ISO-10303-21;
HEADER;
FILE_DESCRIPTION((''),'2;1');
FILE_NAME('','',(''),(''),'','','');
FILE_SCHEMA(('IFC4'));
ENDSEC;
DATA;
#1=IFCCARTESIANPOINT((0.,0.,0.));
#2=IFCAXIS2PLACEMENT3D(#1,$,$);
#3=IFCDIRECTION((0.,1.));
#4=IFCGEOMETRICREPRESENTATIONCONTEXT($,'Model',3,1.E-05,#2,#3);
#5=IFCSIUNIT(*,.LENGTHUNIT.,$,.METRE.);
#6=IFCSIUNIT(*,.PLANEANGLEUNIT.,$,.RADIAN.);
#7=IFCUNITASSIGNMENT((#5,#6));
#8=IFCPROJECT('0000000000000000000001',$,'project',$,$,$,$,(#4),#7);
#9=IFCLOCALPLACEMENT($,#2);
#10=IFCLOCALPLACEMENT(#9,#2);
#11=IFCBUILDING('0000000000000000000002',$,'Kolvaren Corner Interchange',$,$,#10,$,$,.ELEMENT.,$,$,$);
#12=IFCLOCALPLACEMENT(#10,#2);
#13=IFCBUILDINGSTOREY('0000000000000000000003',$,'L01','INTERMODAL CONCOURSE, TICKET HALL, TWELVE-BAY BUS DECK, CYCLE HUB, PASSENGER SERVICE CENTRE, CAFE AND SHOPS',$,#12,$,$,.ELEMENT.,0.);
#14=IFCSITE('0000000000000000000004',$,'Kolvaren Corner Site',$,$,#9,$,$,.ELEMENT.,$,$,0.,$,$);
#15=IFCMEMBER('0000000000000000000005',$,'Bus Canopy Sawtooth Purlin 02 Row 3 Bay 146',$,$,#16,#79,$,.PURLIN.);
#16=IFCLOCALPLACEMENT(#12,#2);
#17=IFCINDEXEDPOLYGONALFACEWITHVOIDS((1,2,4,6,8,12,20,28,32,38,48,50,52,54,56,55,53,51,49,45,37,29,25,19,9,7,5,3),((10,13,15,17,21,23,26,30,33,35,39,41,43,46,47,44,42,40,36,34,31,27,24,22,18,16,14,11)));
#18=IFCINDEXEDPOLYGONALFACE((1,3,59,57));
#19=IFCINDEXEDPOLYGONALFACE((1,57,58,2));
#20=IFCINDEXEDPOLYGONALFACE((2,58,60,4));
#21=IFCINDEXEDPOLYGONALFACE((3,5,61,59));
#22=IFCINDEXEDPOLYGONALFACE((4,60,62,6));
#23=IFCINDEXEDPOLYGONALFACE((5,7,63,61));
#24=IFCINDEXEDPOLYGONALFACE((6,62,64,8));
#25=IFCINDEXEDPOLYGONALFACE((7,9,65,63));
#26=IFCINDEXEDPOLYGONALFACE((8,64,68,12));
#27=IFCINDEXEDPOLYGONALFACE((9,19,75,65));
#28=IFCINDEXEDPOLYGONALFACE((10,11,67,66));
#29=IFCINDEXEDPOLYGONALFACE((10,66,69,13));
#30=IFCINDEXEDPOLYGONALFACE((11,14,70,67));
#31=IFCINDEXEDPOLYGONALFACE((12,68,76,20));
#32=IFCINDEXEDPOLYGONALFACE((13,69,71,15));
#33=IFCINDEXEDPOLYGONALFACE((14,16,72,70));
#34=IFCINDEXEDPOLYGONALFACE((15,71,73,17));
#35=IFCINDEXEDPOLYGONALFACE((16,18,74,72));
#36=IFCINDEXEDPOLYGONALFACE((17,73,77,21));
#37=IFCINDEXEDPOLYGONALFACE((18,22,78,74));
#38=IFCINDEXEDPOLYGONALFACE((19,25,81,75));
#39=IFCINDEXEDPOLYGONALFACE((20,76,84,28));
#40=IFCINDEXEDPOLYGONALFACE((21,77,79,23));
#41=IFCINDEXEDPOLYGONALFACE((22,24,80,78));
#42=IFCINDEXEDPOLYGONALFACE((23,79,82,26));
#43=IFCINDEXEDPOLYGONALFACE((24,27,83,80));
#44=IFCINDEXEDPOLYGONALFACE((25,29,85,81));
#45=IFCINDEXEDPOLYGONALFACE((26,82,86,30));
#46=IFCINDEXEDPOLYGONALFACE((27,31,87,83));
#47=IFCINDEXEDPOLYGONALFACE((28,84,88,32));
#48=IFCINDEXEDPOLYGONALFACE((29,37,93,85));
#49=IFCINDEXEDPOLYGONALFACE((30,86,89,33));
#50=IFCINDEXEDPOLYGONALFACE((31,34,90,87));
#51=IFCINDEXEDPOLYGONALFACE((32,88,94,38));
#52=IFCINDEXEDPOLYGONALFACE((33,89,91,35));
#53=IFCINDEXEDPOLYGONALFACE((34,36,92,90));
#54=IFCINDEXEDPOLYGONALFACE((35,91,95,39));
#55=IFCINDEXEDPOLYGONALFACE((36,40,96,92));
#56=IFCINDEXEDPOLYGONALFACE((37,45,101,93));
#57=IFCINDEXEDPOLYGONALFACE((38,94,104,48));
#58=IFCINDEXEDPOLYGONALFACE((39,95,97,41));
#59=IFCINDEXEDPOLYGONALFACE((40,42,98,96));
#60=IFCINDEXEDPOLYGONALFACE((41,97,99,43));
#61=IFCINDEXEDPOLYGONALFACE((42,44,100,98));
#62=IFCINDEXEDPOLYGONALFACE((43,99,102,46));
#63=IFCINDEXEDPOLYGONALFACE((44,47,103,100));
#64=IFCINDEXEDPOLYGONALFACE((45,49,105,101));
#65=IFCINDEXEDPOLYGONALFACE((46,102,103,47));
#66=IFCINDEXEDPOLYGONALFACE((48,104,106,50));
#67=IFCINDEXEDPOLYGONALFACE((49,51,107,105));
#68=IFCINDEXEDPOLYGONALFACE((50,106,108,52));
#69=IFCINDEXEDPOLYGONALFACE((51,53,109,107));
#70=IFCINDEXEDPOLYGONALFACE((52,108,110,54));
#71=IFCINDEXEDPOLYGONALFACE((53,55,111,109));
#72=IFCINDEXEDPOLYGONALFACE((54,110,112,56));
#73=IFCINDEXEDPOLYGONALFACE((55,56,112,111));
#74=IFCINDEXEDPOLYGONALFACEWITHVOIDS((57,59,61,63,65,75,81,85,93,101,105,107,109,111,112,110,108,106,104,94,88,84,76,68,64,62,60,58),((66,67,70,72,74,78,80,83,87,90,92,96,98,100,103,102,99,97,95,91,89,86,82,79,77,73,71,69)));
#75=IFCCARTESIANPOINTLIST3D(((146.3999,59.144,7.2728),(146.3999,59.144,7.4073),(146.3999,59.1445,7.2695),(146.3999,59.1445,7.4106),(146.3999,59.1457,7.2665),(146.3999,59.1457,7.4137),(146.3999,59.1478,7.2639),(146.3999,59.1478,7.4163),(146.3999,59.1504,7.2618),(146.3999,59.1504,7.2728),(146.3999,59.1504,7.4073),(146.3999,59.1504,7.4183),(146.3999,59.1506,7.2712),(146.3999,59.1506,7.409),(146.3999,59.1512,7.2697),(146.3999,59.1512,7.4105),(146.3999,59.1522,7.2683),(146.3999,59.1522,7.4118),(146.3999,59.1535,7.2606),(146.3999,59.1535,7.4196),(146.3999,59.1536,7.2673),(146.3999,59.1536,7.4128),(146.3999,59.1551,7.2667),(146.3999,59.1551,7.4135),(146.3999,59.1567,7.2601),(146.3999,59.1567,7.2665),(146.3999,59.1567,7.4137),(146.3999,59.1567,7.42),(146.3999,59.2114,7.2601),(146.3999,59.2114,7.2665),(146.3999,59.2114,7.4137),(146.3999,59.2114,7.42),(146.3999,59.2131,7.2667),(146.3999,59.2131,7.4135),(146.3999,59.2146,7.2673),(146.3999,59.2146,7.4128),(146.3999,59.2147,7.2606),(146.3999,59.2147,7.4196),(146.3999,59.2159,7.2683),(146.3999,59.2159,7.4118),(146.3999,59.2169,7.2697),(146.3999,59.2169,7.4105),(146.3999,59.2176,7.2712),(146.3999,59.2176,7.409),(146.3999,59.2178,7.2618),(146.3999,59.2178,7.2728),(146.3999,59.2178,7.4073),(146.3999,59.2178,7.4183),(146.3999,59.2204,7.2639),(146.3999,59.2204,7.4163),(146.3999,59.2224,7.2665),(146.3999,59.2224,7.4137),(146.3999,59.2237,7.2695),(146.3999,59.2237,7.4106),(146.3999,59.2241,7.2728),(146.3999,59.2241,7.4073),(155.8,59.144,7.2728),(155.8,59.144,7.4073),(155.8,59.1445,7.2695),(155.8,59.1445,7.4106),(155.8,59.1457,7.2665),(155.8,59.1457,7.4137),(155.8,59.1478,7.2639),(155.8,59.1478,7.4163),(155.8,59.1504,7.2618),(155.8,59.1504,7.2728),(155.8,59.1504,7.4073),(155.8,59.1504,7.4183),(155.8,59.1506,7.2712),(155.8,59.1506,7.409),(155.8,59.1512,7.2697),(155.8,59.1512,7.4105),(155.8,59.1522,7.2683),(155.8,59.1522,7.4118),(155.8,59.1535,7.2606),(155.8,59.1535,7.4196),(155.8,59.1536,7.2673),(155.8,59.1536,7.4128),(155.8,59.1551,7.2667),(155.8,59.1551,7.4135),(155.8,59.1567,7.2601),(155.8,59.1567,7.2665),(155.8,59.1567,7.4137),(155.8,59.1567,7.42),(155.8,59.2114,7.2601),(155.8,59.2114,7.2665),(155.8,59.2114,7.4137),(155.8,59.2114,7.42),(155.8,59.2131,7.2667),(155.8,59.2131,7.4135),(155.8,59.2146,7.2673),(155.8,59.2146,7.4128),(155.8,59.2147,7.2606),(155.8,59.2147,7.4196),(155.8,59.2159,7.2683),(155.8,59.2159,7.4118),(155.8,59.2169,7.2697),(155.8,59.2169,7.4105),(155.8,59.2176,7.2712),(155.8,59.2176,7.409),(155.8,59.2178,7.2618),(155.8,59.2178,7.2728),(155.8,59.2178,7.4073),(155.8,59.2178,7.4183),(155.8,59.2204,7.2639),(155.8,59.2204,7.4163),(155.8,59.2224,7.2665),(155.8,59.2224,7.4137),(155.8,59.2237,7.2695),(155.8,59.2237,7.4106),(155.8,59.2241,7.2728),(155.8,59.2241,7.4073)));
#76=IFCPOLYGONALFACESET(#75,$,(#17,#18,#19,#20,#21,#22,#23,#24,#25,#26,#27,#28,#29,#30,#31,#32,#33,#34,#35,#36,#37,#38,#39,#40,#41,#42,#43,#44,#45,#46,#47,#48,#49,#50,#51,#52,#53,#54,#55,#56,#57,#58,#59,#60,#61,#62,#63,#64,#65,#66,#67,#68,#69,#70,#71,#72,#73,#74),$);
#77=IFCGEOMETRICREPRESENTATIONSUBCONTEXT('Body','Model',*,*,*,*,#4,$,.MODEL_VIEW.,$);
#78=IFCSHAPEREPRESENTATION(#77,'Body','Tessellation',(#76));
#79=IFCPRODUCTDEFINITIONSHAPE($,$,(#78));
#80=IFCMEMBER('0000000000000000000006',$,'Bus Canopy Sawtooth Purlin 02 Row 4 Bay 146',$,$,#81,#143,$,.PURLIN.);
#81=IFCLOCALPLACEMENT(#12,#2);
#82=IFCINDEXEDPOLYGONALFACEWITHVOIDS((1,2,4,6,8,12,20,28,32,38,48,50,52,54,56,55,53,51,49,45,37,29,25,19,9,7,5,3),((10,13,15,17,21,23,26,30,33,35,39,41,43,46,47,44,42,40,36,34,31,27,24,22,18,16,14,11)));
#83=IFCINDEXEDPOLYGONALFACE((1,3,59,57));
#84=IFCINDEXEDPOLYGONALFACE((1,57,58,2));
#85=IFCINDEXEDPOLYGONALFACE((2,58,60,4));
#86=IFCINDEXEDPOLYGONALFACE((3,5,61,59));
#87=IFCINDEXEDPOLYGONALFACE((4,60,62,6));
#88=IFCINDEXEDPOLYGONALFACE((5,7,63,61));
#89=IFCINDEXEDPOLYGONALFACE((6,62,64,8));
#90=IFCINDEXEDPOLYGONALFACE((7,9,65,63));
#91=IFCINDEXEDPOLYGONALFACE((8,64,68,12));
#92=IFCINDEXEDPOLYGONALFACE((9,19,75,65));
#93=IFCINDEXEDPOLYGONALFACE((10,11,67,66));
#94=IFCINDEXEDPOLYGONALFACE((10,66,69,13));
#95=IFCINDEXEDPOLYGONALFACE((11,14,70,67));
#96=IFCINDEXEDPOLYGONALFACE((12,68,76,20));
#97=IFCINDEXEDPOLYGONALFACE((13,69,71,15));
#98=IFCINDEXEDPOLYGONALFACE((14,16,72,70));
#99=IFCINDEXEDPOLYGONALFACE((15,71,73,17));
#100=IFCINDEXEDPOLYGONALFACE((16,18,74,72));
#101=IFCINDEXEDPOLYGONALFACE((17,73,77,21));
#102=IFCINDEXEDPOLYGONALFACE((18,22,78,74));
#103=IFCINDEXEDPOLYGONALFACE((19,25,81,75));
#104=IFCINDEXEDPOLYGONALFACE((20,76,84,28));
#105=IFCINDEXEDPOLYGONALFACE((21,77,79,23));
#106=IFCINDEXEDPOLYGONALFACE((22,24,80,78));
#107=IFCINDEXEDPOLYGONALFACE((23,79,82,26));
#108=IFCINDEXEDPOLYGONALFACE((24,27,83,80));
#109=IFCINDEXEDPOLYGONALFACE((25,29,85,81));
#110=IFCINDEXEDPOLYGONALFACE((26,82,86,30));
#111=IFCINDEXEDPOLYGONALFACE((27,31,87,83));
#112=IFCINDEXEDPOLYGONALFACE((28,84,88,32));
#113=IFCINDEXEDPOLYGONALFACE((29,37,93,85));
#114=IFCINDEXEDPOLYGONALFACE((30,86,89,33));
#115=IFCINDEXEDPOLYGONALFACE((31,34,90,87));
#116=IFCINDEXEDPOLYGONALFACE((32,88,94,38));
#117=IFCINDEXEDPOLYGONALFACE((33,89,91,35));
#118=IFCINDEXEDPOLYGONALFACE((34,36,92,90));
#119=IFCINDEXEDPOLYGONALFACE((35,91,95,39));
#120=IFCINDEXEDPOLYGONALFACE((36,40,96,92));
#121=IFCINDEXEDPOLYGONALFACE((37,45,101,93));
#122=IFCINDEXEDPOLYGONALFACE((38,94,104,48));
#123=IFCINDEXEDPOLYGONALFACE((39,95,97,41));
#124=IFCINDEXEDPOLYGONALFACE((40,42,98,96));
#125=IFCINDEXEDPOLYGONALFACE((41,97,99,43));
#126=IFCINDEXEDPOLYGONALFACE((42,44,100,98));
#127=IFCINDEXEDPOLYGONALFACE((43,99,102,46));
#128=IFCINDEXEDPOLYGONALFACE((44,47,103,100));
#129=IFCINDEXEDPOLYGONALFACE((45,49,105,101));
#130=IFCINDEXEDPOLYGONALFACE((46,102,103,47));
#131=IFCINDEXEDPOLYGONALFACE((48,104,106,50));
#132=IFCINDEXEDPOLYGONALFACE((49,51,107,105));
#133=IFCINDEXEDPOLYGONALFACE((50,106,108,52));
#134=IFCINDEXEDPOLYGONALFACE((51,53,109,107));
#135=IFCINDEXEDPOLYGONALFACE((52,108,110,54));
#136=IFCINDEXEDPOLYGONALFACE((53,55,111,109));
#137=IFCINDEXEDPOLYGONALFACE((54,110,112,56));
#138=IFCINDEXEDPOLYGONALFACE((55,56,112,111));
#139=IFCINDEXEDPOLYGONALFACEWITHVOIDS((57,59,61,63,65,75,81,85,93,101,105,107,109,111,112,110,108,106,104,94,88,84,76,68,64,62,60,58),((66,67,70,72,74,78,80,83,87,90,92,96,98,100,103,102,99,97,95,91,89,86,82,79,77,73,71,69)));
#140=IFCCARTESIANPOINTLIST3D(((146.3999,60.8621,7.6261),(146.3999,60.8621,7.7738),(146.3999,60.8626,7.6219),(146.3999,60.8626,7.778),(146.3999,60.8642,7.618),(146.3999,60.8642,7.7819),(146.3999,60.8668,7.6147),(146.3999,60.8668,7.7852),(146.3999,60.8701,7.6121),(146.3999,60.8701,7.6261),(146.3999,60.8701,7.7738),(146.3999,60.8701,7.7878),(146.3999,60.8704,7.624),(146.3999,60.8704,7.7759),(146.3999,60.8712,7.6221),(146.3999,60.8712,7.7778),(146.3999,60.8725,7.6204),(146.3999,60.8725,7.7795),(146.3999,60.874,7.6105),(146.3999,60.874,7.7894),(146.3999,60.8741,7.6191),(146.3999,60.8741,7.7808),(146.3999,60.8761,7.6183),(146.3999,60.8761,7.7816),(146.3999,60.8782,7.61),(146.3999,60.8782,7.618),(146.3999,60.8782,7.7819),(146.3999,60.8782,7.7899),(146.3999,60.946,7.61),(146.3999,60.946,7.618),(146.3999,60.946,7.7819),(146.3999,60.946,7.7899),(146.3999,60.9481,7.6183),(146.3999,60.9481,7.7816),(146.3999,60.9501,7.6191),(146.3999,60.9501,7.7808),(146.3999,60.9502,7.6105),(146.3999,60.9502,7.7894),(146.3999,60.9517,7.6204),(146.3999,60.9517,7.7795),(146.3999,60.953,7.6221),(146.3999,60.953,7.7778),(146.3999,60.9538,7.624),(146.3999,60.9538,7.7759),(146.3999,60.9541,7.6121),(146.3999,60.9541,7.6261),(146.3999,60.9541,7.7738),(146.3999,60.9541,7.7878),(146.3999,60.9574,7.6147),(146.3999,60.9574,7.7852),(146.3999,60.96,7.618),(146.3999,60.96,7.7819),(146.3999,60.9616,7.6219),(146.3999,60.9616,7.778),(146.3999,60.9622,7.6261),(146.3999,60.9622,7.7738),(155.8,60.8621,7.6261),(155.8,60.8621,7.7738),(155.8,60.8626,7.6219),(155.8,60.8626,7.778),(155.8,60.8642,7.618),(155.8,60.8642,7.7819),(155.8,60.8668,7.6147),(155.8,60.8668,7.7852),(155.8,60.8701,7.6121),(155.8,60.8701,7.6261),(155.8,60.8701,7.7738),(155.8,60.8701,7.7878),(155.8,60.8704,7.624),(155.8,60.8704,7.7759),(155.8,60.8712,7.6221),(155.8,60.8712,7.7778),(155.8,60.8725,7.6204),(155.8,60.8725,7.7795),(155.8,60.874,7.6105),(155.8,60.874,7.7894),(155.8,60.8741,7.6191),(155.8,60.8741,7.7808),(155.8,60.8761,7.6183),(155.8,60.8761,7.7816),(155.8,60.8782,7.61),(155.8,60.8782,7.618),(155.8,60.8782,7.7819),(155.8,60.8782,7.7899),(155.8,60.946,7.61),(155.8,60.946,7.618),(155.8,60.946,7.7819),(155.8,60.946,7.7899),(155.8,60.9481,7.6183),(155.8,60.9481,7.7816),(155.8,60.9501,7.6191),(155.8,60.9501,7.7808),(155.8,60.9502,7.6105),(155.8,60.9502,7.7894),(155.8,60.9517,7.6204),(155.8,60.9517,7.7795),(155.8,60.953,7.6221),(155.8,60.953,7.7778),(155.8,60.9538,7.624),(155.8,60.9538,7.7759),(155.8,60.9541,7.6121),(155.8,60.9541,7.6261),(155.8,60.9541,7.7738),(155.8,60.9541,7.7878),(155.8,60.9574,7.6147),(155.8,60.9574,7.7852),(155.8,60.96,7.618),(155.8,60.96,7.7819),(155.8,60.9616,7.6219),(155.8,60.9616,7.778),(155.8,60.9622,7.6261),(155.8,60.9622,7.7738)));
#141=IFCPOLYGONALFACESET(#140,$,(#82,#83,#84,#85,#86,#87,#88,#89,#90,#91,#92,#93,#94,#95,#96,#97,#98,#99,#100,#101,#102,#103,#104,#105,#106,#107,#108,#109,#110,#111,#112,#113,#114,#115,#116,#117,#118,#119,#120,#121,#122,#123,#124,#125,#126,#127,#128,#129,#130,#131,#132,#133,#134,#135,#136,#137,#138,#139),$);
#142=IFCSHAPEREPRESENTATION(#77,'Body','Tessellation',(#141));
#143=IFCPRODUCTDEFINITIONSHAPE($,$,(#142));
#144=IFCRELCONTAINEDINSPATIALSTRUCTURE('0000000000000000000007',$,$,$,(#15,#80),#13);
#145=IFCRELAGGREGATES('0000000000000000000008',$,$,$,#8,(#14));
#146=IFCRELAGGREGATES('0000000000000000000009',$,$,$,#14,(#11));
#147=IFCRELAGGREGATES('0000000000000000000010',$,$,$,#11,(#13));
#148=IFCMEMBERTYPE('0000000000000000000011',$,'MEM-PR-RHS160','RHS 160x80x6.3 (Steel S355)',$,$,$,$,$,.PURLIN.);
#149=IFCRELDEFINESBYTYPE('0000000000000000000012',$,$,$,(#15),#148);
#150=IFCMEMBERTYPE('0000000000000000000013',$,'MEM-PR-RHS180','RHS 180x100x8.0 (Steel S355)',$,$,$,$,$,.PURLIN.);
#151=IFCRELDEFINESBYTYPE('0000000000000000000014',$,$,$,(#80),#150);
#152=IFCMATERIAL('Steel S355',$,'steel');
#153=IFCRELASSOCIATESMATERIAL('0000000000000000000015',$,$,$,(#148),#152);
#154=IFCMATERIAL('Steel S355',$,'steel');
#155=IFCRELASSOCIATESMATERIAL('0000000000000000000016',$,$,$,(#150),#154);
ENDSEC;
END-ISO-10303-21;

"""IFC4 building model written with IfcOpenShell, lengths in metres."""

from ifc_helpers import new_model, si_unit, direction, frame, origin, origin_2d, place, context, subcontext, project, spatial, hollow_rectangle, extrude, material, material_profile, profile_set, type_object, element, save


model = new_model("IFC4")

# Units and contexts
model_context = context("Model", 3, precision=1e-05, world=origin(), true_north=direction((0.0, 1.0)))
body_context = subcontext(model_context, "Body", "Model", "MODEL_VIEW")
ifc_project = project(units=[si_unit("LENGTHUNIT", "METRE"), si_unit("PLANEANGLEUNIT", "RADIAN")], contexts=[model_context])

# Site, building, storey
site_placement = place(None, origin())
site = spatial("IfcSite", under=ifc_project, at=site_placement, Name="Kolvaren Corner Site", CompositionType="ELEMENT", RefElevation=0.0)
building_placement = place(site_placement, origin())
building = spatial("IfcBuilding", under=site, at=building_placement, Name="Kolvaren Corner Interchange", CompositionType="ELEMENT")
storey_placement = place(building_placement, origin())
storey = spatial("IfcBuildingStorey", under=building, at=storey_placement, Name="L01", Description="INTERMODAL CONCOURSE, TICKET HALL, TWELVE-BAY BUS DECK, CYCLE HUB, PASSENGER SERVICE CENTRE, CAFE AND SHOPS", CompositionType="ELEMENT", Elevation=0.0)

# Members
ifc_material_1 = material(Name="Steel S355", Category="steel")
ifc_material_profile_1 = material_profile(ifc_material_1, hollow_rectangle(XDim=0.0801, YDim=0.1599, WallThickness=0.0063, InnerFilletRadius=0.0063, OuterFilletRadius=0.0127, at=origin_2d()), Name="RHS 160x80x6.3")
ifc_profile_set_1 = profile_set([ifc_material_profile_1], Name="Steel S355")
member_type_1 = type_object("IfcMemberType", Name="MEM-PR-RHS160", Description="RHS 160x80x6.3 (Steel S355)", PredefinedType="PURLIN", material=ifc_profile_set_1)
member_1_placement = place(storey_placement, frame((146.3999, 59.1841, 7.3401), z_axis=(1.0, 0.0, 0.0), x_axis=(0.0, 1.0, 0.0)))
element("IfcMember", 1, at=member_1_placement, inside=storey, type_object=member_type_1, Name="Bus Canopy Sawtooth Purlin 02 Row 3 Bay 146", PredefinedType="PURLIN", context=body_context, shape_type="SweptSolid", body=[
    extrude(hollow_rectangle(XDim=0.0801, YDim=0.1599, WallThickness=0.0063, InnerFilletRadius=0.0063, OuterFilletRadius=0.0127, at=origin_2d()), origin(), (0.0, 0.0, 1.0), 9.4001),
])
ifc_material_2 = material(Name="Steel S355", Category="steel")
ifc_material_profile_2 = material_profile(ifc_material_2, hollow_rectangle(XDim=0.1001, YDim=0.1799, WallThickness=0.0081, InnerFilletRadius=0.0081, OuterFilletRadius=0.0161, at=origin_2d()), Name="RHS 180x100x8.0")
ifc_profile_set_2 = profile_set([ifc_material_profile_2], Name="Steel S355")
member_type_2 = type_object("IfcMemberType", Name="MEM-PR-RHS180", Description="RHS 180x100x8.0 (Steel S355)", PredefinedType="PURLIN", material=ifc_profile_set_2)
member_2_placement = place(storey_placement, frame((146.3999, 60.9121, 7.7), z_axis=(1.0, 0.0, 0.0), x_axis=(0.0, 1.0, 0.0)))
element("IfcMember", 2, at=member_2_placement, inside=storey, type_object=member_type_2, Name="Bus Canopy Sawtooth Purlin 02 Row 4 Bay 146", PredefinedType="PURLIN", context=body_context, shape_type="SweptSolid", body=[
    extrude(hollow_rectangle(XDim=0.1001, YDim=0.1799, WallThickness=0.0081, InnerFilletRadius=0.0081, OuterFilletRadius=0.0161, at=origin_2d()), origin(), (0.0, 0.0, 1.0), 9.4001),
])

save(model, "model.ifc")
